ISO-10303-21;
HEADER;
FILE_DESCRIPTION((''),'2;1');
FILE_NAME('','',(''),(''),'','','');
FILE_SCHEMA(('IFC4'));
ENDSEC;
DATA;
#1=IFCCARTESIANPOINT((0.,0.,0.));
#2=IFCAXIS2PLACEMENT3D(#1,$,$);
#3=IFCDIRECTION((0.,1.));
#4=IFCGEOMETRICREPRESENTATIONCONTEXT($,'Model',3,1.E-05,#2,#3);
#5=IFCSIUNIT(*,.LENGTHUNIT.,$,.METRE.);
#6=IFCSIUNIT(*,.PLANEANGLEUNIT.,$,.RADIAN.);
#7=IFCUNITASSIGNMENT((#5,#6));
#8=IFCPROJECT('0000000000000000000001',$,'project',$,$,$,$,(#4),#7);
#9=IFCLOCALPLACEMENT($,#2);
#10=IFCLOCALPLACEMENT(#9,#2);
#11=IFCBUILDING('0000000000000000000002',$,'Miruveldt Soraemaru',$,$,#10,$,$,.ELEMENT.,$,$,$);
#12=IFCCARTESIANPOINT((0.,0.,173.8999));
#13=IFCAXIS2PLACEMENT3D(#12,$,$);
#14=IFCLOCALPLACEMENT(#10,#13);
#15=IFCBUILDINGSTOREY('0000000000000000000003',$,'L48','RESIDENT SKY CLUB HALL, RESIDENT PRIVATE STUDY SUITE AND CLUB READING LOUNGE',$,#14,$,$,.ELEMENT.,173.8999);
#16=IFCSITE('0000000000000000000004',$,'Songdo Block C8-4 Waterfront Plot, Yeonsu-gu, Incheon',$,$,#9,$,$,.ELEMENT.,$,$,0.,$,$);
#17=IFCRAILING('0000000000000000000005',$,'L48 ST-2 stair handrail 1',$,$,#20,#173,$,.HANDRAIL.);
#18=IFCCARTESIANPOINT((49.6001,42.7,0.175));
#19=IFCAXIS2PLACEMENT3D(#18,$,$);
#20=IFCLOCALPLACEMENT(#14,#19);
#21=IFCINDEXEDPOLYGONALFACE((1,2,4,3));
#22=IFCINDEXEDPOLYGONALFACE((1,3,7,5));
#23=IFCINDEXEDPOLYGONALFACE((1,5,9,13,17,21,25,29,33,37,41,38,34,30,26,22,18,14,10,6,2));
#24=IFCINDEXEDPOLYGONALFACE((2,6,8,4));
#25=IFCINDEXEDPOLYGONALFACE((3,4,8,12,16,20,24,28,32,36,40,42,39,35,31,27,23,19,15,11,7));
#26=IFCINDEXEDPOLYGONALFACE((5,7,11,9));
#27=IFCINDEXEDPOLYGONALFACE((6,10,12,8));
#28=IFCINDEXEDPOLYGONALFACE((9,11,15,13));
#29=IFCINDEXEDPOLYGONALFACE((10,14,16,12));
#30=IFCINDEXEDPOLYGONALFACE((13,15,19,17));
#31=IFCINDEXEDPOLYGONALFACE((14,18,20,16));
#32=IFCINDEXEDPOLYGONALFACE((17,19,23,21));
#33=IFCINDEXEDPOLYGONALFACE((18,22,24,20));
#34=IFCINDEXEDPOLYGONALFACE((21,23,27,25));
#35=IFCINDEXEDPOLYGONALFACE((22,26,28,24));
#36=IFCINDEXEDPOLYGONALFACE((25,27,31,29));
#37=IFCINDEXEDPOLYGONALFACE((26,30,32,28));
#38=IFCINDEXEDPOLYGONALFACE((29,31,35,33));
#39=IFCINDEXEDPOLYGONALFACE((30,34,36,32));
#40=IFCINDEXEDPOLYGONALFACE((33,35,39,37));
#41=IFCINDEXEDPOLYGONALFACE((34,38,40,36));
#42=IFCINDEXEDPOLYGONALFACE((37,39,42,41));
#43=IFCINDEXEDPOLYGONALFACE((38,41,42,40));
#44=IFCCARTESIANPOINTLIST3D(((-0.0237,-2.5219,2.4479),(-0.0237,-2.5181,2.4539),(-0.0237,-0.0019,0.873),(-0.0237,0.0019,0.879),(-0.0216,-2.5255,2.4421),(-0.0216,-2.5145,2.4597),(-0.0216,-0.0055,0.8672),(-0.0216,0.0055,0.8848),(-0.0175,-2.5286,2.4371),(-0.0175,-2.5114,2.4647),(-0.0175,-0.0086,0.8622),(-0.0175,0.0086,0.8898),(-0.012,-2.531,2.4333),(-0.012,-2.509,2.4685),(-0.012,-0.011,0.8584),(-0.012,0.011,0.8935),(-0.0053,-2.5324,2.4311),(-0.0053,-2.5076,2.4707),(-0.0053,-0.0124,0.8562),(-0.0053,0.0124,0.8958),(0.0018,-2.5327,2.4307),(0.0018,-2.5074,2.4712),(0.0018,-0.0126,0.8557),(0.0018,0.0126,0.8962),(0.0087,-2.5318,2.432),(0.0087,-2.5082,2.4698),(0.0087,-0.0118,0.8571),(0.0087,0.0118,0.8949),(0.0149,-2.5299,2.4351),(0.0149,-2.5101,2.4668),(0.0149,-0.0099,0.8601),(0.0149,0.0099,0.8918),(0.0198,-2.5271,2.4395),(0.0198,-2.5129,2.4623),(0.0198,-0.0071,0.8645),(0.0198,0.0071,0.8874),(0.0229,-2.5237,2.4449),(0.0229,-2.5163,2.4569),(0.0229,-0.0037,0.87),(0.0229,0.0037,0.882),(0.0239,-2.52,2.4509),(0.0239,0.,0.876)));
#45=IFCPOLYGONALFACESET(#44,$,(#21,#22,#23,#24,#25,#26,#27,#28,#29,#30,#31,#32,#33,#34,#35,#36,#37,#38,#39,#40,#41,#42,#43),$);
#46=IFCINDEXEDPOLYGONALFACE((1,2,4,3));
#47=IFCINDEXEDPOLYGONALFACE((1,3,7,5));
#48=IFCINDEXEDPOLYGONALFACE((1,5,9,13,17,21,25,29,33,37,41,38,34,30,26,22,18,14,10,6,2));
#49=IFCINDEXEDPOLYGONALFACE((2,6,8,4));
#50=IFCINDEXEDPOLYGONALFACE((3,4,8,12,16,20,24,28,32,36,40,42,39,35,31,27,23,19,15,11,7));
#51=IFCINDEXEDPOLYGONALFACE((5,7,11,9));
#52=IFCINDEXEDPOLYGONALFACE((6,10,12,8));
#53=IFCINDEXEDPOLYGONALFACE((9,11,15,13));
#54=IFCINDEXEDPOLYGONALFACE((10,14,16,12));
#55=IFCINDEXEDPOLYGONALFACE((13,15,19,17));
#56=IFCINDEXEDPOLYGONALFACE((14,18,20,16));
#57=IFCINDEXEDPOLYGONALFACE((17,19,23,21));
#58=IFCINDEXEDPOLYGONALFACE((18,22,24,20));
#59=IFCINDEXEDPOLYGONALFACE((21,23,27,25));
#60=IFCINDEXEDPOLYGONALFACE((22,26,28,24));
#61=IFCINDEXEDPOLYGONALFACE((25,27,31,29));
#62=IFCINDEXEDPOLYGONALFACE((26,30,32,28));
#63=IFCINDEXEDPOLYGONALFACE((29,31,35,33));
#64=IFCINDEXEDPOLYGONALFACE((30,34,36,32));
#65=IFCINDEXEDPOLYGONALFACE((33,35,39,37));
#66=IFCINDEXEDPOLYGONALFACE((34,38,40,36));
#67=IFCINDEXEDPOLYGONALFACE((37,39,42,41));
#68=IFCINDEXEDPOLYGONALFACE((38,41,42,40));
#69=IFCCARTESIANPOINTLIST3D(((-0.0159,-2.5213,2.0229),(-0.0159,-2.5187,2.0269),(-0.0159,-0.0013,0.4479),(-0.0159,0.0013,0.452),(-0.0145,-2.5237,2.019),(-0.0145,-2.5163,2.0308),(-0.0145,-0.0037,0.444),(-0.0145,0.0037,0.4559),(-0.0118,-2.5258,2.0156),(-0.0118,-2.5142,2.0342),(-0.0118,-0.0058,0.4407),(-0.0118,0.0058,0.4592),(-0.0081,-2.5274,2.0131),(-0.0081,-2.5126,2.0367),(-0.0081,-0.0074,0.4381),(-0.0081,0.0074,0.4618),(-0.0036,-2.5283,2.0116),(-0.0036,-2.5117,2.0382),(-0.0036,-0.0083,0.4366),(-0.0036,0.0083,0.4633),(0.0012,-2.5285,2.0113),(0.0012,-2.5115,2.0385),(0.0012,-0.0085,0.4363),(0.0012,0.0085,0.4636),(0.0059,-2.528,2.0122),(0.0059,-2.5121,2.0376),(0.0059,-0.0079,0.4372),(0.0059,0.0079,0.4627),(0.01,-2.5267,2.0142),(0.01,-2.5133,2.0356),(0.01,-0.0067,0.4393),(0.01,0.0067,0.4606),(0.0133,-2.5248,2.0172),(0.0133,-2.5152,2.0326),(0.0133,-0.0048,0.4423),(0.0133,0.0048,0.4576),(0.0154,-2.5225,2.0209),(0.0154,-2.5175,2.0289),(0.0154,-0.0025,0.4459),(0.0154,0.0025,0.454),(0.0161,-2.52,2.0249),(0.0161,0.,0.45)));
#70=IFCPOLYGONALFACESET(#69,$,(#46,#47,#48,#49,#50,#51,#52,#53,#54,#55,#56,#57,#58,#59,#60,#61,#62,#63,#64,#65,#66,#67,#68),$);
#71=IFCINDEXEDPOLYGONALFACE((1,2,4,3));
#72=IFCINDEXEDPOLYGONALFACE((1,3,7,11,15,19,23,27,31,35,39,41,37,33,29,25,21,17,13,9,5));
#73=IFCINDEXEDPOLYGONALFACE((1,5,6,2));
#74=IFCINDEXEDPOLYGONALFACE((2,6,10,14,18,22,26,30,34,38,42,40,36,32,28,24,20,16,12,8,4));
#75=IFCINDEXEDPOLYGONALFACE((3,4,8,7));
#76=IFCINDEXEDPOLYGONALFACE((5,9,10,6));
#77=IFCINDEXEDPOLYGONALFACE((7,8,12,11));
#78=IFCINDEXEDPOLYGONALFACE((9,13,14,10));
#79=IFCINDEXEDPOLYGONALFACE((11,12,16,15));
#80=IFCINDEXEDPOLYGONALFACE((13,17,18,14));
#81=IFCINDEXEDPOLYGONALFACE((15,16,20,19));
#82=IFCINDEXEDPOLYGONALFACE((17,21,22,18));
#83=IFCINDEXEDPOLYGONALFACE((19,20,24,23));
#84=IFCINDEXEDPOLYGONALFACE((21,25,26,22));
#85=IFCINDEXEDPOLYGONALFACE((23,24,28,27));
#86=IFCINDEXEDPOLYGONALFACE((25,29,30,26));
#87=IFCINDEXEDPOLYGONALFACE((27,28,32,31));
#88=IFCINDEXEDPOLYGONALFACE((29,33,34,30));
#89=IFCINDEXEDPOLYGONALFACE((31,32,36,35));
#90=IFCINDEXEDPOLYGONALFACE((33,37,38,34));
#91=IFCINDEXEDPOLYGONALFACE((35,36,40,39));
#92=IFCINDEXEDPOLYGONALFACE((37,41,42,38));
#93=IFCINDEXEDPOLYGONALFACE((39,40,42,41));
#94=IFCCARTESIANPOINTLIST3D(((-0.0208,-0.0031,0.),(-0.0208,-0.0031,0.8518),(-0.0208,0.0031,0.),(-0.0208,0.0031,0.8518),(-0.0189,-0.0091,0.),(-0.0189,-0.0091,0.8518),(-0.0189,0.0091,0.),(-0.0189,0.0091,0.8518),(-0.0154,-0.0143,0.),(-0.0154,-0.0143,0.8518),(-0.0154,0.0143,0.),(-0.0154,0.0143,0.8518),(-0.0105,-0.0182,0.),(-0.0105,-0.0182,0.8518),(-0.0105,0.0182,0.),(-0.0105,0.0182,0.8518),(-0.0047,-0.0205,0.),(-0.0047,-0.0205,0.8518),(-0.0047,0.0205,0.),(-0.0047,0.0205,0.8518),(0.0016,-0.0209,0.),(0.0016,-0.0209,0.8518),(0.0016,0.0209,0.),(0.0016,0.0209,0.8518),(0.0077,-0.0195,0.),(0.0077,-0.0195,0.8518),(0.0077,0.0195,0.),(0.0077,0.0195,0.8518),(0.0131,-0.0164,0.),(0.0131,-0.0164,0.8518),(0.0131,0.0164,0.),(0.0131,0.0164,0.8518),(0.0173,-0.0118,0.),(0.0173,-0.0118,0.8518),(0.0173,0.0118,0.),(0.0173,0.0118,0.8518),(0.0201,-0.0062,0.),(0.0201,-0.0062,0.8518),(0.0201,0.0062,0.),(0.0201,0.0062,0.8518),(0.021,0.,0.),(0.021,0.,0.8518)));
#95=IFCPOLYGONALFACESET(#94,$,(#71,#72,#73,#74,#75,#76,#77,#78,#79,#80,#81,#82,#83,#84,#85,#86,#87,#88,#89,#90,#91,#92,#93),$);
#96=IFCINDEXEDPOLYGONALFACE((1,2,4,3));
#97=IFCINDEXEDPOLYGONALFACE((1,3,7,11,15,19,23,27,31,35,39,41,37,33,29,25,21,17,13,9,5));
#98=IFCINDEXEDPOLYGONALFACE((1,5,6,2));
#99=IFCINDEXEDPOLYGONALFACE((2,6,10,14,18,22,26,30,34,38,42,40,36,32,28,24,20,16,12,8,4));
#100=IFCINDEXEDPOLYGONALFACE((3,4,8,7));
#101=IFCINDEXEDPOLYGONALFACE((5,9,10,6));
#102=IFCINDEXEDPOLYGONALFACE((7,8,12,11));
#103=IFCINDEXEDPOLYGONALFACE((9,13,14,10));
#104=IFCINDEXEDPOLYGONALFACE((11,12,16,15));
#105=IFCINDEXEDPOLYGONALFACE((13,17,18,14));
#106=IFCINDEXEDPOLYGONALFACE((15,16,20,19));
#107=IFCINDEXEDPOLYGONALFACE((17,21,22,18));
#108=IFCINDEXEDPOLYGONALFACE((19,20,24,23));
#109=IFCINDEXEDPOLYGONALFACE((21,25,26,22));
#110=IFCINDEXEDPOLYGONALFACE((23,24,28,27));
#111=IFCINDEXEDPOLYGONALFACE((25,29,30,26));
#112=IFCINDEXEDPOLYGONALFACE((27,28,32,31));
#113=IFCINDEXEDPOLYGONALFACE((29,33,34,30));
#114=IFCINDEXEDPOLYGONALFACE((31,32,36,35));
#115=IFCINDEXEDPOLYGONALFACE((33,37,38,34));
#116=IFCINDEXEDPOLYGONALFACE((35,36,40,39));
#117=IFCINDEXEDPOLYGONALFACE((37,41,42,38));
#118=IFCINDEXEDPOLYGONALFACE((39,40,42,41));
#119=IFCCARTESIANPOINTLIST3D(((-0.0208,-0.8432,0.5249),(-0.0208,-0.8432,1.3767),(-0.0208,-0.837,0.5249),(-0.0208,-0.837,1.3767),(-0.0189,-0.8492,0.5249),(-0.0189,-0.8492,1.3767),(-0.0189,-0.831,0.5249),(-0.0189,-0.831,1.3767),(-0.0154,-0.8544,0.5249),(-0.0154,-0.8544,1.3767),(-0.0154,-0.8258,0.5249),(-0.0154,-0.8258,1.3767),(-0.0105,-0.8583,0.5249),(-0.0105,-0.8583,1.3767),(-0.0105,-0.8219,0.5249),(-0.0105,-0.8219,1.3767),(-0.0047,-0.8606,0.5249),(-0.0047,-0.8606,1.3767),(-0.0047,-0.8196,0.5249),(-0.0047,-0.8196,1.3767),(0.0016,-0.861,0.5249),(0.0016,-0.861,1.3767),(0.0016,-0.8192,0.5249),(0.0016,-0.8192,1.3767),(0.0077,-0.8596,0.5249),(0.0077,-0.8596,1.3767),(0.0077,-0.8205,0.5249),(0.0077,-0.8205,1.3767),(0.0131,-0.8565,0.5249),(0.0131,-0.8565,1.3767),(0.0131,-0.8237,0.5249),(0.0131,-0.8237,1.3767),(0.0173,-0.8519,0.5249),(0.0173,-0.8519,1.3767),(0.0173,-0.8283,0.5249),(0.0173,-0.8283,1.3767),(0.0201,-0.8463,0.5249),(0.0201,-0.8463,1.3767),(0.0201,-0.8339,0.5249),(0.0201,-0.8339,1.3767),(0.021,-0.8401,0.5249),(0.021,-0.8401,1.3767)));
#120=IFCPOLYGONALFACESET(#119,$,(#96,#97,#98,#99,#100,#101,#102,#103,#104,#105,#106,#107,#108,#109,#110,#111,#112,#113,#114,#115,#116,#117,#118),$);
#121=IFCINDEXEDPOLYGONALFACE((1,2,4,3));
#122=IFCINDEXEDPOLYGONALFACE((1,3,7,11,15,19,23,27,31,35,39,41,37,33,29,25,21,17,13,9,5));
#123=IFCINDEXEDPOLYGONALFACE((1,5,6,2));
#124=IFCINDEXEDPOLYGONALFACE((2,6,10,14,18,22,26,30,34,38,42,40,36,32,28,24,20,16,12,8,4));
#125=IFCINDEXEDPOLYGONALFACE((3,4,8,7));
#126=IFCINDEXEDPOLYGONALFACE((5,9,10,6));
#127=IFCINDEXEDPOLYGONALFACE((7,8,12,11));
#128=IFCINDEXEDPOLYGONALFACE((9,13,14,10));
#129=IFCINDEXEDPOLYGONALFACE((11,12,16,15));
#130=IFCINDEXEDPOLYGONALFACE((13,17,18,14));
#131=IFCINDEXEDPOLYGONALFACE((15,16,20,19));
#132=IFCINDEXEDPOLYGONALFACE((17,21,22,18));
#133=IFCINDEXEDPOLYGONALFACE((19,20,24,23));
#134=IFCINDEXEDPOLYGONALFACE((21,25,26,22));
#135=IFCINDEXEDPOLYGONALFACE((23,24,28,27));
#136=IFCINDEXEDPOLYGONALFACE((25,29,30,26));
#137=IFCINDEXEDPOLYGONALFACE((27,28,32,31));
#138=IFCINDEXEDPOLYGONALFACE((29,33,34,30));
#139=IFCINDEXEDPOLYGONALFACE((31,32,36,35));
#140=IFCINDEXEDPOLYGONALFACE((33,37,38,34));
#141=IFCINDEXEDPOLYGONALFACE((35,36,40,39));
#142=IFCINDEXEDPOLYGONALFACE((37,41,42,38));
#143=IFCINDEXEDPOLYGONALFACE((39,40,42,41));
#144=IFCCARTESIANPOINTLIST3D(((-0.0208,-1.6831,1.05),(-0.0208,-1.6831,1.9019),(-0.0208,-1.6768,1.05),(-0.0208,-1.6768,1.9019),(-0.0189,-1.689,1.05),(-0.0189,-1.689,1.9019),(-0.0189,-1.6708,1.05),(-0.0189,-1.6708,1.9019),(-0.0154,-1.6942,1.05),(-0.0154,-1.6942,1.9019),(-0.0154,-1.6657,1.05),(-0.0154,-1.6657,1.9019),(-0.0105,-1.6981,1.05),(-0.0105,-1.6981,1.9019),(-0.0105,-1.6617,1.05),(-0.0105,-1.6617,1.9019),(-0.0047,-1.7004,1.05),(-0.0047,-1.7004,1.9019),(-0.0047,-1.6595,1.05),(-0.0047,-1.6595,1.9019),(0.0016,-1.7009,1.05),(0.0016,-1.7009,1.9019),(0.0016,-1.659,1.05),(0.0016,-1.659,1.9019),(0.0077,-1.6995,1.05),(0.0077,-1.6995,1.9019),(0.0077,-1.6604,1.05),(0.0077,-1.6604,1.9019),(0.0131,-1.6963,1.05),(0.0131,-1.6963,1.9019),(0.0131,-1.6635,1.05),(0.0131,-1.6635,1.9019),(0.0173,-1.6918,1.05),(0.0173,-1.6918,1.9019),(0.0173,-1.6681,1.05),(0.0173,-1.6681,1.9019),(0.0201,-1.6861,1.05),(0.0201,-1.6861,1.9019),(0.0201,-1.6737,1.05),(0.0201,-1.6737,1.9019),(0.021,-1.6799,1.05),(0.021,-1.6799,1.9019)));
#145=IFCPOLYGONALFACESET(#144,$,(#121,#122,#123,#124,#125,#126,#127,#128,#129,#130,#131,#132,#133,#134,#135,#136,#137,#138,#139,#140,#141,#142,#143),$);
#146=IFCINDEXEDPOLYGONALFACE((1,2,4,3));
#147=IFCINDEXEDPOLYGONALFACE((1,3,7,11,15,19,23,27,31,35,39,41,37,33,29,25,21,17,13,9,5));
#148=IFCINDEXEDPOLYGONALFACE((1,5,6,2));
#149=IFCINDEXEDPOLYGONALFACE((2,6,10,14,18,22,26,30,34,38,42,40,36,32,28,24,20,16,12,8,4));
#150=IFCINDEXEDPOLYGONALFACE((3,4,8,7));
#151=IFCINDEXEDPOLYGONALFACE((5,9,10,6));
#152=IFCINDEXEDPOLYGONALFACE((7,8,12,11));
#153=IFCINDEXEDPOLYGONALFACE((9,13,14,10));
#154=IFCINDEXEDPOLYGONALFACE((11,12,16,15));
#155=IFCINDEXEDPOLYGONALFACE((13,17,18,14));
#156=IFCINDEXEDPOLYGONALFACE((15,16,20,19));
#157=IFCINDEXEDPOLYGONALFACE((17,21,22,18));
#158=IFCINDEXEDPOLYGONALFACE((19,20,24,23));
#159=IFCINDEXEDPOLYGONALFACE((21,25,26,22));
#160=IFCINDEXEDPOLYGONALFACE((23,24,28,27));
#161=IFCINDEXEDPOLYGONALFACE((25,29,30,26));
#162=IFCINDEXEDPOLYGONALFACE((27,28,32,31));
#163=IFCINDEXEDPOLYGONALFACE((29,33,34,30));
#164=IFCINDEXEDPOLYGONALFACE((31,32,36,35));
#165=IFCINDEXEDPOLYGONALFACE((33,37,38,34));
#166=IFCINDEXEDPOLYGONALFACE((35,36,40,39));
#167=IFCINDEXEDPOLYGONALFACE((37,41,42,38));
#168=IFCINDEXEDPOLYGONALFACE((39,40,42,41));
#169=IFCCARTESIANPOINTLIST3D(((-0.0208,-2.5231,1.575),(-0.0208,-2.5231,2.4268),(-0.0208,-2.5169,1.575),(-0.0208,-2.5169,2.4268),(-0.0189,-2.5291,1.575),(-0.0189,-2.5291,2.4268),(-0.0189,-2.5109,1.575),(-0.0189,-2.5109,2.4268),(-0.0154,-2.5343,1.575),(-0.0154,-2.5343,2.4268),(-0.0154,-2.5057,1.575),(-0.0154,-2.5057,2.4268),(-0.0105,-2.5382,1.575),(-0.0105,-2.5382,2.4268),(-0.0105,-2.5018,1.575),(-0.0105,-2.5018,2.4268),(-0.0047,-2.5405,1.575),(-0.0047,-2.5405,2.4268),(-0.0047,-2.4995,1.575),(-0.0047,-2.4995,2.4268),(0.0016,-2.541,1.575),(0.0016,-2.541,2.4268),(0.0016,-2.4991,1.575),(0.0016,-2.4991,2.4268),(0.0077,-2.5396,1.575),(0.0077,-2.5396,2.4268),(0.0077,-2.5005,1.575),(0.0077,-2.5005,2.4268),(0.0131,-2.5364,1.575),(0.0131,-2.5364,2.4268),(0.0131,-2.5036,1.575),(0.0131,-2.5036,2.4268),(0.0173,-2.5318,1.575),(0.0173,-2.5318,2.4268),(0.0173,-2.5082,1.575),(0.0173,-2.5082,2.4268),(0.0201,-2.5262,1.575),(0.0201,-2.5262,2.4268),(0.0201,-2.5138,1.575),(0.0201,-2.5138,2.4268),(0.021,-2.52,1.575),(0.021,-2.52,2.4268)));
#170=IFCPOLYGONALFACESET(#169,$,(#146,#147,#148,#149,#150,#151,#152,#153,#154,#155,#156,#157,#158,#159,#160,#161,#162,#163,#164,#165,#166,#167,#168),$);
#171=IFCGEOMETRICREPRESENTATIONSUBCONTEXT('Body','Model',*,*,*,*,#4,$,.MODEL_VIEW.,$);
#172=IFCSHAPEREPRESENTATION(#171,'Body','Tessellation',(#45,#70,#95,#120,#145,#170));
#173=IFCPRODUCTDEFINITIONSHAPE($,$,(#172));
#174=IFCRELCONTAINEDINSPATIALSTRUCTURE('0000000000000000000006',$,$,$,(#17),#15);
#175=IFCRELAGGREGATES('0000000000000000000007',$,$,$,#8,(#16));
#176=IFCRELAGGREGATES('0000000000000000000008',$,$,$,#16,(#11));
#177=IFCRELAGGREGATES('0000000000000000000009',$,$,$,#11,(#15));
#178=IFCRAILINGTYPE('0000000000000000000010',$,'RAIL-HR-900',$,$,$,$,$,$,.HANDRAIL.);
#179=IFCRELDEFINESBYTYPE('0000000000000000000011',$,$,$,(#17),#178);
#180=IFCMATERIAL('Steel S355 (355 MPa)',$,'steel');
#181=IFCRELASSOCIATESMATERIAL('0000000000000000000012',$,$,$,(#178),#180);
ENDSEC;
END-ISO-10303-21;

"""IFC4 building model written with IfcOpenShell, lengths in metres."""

from ifc_helpers import new_model, si_unit, direction, frame, origin, origin_2d, place, context, subcontext, project, spatial, circle, extrude, material, type_object, element, save


model = new_model("IFC4")

# Units and contexts
model_context = context("Model", 3, precision=1e-05, world=origin(), true_north=direction((0.0, 1.0)))
body_context = subcontext(model_context, "Body", "Model", "MODEL_VIEW")
ifc_project = project(units=[si_unit("LENGTHUNIT", "METRE"), si_unit("PLANEANGLEUNIT", "RADIAN")], contexts=[model_context])

# Site, building, storey
site_placement = place(None, origin())
site = spatial("IfcSite", under=ifc_project, at=site_placement, Name="Songdo Block C8-4 Waterfront Plot, Yeonsu-gu, Incheon", CompositionType="ELEMENT", RefElevation=0.0)
building_placement = place(site_placement, origin())
building = spatial("IfcBuilding", under=site, at=building_placement, Name="Miruveldt Soraemaru", CompositionType="ELEMENT")
storey_placement = place(building_placement, frame((0.0, 0.0, 173.8999)))
storey = spatial("IfcBuildingStorey", under=building, at=storey_placement, Name="L48", Description="RESIDENT SKY CLUB HALL, RESIDENT PRIVATE STUDY SUITE AND CLUB READING LOUNGE", CompositionType="ELEMENT", Elevation=173.8999)

# Railing
ifc_material_1 = material(Name="Steel S355 (355 MPa)", Category="steel")
railing_type = type_object("IfcRailingType", Name="RAIL-HR-900", PredefinedType="HANDRAIL", material=ifc_material_1)
railing_placement = place(storey_placement, frame((49.6001, 42.7, 0.175)))
element("IfcRailing", 1, at=railing_placement, inside=storey, type_object=railing_type, Name="L48 ST-2 stair handrail 1", PredefinedType="HANDRAIL", context=body_context, shape_type="SweptSolid", body=[
    extrude(circle(Radius=0.0239, at=origin_2d()), frame((0.0, 0.0, 0.876), z_axis=(0.0, -0.848008, 0.529984), x_axis=(1.0, 0.0, 0.0)), (0.0, 0.0, 1.0), 2.9717),
    extrude(circle(Radius=0.0161, at=origin_2d()), frame((0.0, 0.0, 0.45), z_axis=(0.0, -0.848008, 0.529984), x_axis=(1.0, 0.0, 0.0)), (0.0, 0.0, 1.0), 2.9717),
    extrude(circle(Radius=0.021, at=origin_2d()), origin(), (0.0, 0.0, 1.0), 0.8518),
    extrude(circle(Radius=0.021, at=origin_2d()), frame((0.0, -0.8401, 0.5249)), (0.0, 0.0, 1.0), 0.8518),
    extrude(circle(Radius=0.021, at=origin_2d()), frame((0.0, -1.6799, 1.05)), (0.0, 0.0, 1.0), 0.8518),
    extrude(circle(Radius=0.021, at=origin_2d()), frame((0.0, -2.52, 1.575)), (0.0, 0.0, 1.0), 0.8518),
])

save(model, "model.ifc")
